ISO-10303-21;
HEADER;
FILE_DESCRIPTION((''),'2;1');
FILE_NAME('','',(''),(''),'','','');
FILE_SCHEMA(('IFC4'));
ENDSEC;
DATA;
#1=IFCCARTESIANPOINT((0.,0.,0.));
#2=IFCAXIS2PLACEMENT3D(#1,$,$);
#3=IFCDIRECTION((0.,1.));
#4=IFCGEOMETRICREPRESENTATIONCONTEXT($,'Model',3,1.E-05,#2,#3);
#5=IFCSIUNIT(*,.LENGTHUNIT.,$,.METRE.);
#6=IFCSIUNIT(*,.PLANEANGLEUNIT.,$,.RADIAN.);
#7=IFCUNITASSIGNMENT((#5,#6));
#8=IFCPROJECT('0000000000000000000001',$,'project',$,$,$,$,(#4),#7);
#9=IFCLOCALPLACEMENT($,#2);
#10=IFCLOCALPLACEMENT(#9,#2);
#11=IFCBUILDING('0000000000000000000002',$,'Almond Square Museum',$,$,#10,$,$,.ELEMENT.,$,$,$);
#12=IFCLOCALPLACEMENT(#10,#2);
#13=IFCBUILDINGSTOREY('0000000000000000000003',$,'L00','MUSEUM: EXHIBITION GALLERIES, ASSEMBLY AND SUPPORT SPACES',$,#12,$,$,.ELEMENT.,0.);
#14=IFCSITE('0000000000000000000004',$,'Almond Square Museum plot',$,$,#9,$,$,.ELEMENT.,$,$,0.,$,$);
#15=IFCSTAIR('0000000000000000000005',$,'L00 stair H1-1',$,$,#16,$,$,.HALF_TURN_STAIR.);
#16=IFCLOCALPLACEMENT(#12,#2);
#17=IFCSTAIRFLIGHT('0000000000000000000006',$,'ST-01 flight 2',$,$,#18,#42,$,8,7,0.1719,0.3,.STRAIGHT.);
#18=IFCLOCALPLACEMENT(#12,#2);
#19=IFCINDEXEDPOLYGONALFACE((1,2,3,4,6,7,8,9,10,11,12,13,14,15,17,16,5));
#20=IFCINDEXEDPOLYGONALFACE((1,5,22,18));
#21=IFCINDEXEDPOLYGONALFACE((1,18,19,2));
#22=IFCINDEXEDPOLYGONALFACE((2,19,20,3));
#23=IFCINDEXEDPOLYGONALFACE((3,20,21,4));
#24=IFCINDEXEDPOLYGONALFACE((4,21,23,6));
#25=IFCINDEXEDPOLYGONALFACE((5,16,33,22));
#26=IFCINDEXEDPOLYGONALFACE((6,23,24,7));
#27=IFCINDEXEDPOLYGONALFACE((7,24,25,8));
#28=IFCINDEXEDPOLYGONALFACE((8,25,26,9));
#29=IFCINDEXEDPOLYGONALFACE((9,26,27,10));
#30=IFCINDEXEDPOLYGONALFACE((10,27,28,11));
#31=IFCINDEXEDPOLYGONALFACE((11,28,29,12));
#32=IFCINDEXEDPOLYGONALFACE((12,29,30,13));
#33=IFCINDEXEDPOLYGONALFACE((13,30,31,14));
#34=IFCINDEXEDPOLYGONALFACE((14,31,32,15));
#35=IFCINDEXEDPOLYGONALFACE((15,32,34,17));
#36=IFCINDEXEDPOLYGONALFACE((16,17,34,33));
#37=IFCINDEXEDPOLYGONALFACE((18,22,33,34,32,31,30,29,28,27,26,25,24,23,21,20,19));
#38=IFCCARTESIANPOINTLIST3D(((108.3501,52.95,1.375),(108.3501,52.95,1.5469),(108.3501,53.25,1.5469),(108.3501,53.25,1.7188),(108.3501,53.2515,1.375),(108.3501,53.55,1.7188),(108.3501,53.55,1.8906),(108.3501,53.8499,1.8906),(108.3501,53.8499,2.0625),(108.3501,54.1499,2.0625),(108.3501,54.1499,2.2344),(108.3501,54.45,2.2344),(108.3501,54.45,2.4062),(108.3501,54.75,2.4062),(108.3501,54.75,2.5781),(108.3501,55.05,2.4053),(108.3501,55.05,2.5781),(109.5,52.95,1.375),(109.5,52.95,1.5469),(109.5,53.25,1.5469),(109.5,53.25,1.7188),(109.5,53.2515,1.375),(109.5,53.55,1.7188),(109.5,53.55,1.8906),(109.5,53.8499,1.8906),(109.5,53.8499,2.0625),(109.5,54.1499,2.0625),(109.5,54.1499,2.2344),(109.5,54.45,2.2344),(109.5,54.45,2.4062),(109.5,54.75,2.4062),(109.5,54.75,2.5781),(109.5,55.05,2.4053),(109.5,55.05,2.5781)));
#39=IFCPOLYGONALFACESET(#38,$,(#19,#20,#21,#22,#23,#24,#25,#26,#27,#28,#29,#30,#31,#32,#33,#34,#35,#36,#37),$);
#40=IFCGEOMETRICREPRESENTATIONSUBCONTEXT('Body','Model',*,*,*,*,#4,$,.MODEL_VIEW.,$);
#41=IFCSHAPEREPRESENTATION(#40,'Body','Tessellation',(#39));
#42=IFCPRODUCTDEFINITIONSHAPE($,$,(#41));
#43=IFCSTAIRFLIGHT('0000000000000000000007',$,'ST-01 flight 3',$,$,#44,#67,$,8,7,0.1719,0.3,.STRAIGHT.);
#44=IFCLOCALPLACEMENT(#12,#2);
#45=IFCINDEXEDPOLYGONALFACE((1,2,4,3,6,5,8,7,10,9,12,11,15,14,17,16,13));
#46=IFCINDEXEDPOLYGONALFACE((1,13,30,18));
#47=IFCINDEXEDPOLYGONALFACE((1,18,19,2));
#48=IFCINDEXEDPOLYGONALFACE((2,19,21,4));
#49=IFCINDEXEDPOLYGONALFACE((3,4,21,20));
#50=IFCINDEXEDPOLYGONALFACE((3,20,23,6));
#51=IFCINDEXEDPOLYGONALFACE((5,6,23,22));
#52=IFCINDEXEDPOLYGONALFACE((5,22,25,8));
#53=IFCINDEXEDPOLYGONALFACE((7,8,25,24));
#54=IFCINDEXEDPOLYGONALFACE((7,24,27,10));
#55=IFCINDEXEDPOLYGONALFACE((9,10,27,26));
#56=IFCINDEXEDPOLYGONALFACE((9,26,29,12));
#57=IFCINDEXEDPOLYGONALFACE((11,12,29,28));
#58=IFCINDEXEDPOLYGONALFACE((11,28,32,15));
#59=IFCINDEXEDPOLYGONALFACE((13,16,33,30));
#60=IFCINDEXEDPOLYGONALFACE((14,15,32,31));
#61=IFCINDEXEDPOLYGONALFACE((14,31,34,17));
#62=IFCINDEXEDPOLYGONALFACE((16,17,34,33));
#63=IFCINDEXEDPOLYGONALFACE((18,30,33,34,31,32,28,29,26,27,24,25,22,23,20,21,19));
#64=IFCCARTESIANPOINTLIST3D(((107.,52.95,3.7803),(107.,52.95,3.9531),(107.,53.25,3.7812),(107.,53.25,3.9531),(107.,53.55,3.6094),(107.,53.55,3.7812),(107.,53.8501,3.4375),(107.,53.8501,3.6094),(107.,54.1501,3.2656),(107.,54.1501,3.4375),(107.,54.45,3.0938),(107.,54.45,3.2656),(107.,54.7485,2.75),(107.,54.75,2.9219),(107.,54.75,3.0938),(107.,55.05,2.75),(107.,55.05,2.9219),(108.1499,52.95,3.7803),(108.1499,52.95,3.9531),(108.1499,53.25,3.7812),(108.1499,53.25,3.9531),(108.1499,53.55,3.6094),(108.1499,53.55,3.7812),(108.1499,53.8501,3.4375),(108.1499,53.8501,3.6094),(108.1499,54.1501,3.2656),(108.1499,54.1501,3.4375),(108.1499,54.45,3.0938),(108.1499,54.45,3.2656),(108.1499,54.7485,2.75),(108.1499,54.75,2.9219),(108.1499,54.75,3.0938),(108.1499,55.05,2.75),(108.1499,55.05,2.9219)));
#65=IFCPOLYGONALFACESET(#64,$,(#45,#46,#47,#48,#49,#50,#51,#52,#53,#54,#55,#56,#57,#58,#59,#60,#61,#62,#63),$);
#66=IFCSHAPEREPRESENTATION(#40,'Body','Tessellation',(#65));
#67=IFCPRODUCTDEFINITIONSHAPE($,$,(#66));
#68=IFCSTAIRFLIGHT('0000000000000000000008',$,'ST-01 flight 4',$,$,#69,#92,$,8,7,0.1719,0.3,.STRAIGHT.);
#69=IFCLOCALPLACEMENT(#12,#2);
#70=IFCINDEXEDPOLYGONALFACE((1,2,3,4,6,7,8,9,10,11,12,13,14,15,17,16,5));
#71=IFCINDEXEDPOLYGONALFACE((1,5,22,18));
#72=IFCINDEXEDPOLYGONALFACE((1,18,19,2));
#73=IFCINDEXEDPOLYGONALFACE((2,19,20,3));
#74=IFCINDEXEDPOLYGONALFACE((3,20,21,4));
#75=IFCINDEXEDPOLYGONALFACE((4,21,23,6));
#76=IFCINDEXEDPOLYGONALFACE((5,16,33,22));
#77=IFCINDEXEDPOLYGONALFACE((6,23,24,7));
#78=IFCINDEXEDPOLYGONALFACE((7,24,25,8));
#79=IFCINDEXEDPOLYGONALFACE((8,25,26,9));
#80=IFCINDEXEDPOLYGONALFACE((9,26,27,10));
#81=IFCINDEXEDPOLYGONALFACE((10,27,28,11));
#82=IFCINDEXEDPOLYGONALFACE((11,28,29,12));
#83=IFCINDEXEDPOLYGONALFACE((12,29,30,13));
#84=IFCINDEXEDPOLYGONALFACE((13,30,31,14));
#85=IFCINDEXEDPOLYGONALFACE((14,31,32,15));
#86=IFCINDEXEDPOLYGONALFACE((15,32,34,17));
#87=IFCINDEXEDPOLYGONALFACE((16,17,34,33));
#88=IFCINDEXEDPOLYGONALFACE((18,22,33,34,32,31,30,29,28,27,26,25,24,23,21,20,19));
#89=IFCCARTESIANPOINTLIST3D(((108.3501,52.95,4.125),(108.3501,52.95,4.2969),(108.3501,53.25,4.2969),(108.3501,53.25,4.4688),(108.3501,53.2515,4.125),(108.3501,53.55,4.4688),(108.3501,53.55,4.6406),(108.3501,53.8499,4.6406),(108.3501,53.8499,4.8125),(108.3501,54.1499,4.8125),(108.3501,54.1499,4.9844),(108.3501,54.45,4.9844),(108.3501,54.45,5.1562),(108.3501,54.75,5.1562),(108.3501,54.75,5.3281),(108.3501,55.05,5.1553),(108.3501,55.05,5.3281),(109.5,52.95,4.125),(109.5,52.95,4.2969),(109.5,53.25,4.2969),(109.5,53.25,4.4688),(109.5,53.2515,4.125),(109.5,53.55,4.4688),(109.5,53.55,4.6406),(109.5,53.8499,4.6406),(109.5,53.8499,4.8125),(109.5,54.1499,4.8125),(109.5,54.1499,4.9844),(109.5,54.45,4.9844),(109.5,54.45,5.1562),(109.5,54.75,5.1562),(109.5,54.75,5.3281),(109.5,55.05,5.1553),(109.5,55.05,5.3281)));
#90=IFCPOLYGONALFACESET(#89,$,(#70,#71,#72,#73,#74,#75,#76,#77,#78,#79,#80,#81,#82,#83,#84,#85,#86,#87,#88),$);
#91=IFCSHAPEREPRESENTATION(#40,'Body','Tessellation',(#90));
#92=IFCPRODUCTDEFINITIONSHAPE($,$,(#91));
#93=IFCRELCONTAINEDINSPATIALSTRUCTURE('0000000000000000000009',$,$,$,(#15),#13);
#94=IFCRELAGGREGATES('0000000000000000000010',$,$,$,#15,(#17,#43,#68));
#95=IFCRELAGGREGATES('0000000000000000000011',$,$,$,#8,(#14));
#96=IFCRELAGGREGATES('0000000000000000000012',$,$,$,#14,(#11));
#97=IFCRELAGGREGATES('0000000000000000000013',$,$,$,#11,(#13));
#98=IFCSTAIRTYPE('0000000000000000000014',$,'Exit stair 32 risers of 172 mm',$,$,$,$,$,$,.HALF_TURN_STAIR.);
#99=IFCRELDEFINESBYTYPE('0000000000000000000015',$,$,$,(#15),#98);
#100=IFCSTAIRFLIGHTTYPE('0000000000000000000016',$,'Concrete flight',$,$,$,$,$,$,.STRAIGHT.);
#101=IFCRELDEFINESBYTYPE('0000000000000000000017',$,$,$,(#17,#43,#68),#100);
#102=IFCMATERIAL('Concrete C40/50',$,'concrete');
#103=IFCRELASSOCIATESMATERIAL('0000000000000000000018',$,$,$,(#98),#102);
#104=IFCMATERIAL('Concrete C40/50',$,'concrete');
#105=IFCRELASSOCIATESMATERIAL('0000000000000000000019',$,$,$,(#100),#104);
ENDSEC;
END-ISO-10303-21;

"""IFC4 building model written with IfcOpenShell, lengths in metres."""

from ifc_helpers import new_model, si_unit, direction, frame, origin, place, context, subcontext, project, spatial, polyline, outline, extrude, material, type_object, element, aggregate, save


model = new_model("IFC4")

# Units and contexts
model_context = context("Model", 3, precision=1e-05, world=origin(), true_north=direction((0.0, 1.0)))
body_context = subcontext(model_context, "Body", "Model", "MODEL_VIEW")
ifc_project = project(units=[si_unit("LENGTHUNIT", "METRE"), si_unit("PLANEANGLEUNIT", "RADIAN")], contexts=[model_context])

# Site, building, storey
site_placement = place(None, origin())
site = spatial("IfcSite", under=ifc_project, at=site_placement, Name="Almond Square Museum plot", CompositionType="ELEMENT", RefElevation=0.0)
building_placement = place(site_placement, origin())
building = spatial("IfcBuilding", under=site, at=building_placement, Name="Almond Square Museum", CompositionType="ELEMENT")
storey_placement = place(building_placement, origin())
storey = spatial("IfcBuildingStorey", under=building, at=storey_placement, Name="L00", Description="MUSEUM: EXHIBITION GALLERIES, ASSEMBLY AND SUPPORT SPACES", CompositionType="ELEMENT", Elevation=0.0)

# Stair, stair flights
ifc_material_1 = material(Name="Concrete C40/50", Category="concrete")
stair_type = type_object("IfcStairType", Name="Exit stair 32 risers of 172 mm", PredefinedType="HALF_TURN_STAIR", material=ifc_material_1)
stair_placement = place(storey_placement, origin())
stair = element("IfcStair", 1, at=stair_placement, inside=storey, type_object=stair_type, Name="L00 stair H1-1", PredefinedType="HALF_TURN_STAIR")
ifc_material_2 = material(Name="Concrete C40/50", Category="concrete")
stair_flight_type = type_object("IfcStairFlightType", Name="Concrete flight", PredefinedType="STRAIGHT", material=ifc_material_2)
stair_flight_1_placement = place(storey_placement, frame((108.925, 52.95, 1.375), z_axis=(0.0, 0.0, 1.0), x_axis=(0.0, 1.0, 0.0)))
stair_flight_1 = element("IfcStairFlight", 2, at=stair_flight_1_placement, type_object=stair_flight_type, Name="ST-01 flight 2", NumberOfRisers=8, NumberOfTreads=7, PredefinedType="STRAIGHT", RiserHeight=0.1719, TreadLength=0.3, context=body_context, shape_type="SweptSolid", body=[
    extrude(outline(polyline([(0.0, 0.0), (0.0, 0.1719), (0.3, 0.1719), (0.3, 0.3438), (0.6001, 0.3438), (0.6001, 0.5156), (0.8999, 0.5156), (0.8999, 0.6875), (1.2, 0.6875), (1.2, 0.8594), (1.5, 0.8594), (1.5, 1.0312), (1.8, 1.0312), (1.8, 1.2031), (2.1001, 1.2031), (2.1001, 1.375), (2.1001, 1.0303), (0.3015, 0.0), (0.0, 0.0)])), frame((0.0, 0.575, 0.0), z_axis=(0.0, -1.0, 0.0), x_axis=(1.0, 0.0, 0.0)), (0.0, 0.0, 1.0), 1.1499),
])
stair_flight_2_placement = place(storey_placement, frame((107.575, 55.05, 2.75), z_axis=(0.0, 0.0, 1.0), x_axis=(0.0, -1.0, 0.0)))
stair_flight_2 = element("IfcStairFlight", 3, at=stair_flight_2_placement, type_object=stair_flight_type, Name="ST-01 flight 3", NumberOfRisers=8, NumberOfTreads=7, PredefinedType="STRAIGHT", RiserHeight=0.1719, TreadLength=0.3, context=body_context, shape_type="SweptSolid", body=[
    extrude(outline(polyline([(0.0, 0.0), (0.0, 0.1719), (0.3, 0.1719), (0.3, 0.3438), (0.6001, 0.3438), (0.6001, 0.5156), (0.8999, 0.5156), (0.8999, 0.6875), (1.2, 0.6875), (1.2, 0.8594), (1.5, 0.8594), (1.5, 1.0312), (1.8, 1.0312), (1.8, 1.2031), (2.1001, 1.2031), (2.1001, 1.375), (2.1001, 1.0303), (0.3015, 0.0), (0.0, 0.0)])), frame((0.0, 0.575, 0.0), z_axis=(0.0, -1.0, 0.0), x_axis=(1.0, 0.0, 0.0)), (0.0, 0.0, 1.0), 1.1499),
])
stair_flight_3_placement = place(storey_placement, frame((108.925, 52.95, 4.125), z_axis=(0.0, 0.0, 1.0), x_axis=(0.0, 1.0, 0.0)))
stair_flight_3 = element("IfcStairFlight", 4, at=stair_flight_3_placement, type_object=stair_flight_type, Name="ST-01 flight 4", NumberOfRisers=8, NumberOfTreads=7, PredefinedType="STRAIGHT", RiserHeight=0.1719, TreadLength=0.3, context=body_context, shape_type="SweptSolid", body=[
    extrude(outline(polyline([(0.0, 0.0), (0.0, 0.1719), (0.3, 0.1719), (0.3, 0.3438), (0.6001, 0.3438), (0.6001, 0.5156), (0.8999, 0.5156), (0.8999, 0.6875), (1.2, 0.6875), (1.2, 0.8594), (1.5, 0.8594), (1.5, 1.0312), (1.8, 1.0312), (1.8, 1.2031), (2.1001, 1.2031), (2.1001, 1.375), (2.1001, 1.0303), (0.3015, 0.0), (0.0, 0.0)])), frame((0.0, 0.575, 0.0), z_axis=(0.0, -1.0, 0.0), x_axis=(1.0, 0.0, 0.0)), (0.0, 0.0, 1.0), 1.1499),
])
aggregate(stair, [stair_flight_1, stair_flight_2, stair_flight_3])

save(model, "model.ifc")
